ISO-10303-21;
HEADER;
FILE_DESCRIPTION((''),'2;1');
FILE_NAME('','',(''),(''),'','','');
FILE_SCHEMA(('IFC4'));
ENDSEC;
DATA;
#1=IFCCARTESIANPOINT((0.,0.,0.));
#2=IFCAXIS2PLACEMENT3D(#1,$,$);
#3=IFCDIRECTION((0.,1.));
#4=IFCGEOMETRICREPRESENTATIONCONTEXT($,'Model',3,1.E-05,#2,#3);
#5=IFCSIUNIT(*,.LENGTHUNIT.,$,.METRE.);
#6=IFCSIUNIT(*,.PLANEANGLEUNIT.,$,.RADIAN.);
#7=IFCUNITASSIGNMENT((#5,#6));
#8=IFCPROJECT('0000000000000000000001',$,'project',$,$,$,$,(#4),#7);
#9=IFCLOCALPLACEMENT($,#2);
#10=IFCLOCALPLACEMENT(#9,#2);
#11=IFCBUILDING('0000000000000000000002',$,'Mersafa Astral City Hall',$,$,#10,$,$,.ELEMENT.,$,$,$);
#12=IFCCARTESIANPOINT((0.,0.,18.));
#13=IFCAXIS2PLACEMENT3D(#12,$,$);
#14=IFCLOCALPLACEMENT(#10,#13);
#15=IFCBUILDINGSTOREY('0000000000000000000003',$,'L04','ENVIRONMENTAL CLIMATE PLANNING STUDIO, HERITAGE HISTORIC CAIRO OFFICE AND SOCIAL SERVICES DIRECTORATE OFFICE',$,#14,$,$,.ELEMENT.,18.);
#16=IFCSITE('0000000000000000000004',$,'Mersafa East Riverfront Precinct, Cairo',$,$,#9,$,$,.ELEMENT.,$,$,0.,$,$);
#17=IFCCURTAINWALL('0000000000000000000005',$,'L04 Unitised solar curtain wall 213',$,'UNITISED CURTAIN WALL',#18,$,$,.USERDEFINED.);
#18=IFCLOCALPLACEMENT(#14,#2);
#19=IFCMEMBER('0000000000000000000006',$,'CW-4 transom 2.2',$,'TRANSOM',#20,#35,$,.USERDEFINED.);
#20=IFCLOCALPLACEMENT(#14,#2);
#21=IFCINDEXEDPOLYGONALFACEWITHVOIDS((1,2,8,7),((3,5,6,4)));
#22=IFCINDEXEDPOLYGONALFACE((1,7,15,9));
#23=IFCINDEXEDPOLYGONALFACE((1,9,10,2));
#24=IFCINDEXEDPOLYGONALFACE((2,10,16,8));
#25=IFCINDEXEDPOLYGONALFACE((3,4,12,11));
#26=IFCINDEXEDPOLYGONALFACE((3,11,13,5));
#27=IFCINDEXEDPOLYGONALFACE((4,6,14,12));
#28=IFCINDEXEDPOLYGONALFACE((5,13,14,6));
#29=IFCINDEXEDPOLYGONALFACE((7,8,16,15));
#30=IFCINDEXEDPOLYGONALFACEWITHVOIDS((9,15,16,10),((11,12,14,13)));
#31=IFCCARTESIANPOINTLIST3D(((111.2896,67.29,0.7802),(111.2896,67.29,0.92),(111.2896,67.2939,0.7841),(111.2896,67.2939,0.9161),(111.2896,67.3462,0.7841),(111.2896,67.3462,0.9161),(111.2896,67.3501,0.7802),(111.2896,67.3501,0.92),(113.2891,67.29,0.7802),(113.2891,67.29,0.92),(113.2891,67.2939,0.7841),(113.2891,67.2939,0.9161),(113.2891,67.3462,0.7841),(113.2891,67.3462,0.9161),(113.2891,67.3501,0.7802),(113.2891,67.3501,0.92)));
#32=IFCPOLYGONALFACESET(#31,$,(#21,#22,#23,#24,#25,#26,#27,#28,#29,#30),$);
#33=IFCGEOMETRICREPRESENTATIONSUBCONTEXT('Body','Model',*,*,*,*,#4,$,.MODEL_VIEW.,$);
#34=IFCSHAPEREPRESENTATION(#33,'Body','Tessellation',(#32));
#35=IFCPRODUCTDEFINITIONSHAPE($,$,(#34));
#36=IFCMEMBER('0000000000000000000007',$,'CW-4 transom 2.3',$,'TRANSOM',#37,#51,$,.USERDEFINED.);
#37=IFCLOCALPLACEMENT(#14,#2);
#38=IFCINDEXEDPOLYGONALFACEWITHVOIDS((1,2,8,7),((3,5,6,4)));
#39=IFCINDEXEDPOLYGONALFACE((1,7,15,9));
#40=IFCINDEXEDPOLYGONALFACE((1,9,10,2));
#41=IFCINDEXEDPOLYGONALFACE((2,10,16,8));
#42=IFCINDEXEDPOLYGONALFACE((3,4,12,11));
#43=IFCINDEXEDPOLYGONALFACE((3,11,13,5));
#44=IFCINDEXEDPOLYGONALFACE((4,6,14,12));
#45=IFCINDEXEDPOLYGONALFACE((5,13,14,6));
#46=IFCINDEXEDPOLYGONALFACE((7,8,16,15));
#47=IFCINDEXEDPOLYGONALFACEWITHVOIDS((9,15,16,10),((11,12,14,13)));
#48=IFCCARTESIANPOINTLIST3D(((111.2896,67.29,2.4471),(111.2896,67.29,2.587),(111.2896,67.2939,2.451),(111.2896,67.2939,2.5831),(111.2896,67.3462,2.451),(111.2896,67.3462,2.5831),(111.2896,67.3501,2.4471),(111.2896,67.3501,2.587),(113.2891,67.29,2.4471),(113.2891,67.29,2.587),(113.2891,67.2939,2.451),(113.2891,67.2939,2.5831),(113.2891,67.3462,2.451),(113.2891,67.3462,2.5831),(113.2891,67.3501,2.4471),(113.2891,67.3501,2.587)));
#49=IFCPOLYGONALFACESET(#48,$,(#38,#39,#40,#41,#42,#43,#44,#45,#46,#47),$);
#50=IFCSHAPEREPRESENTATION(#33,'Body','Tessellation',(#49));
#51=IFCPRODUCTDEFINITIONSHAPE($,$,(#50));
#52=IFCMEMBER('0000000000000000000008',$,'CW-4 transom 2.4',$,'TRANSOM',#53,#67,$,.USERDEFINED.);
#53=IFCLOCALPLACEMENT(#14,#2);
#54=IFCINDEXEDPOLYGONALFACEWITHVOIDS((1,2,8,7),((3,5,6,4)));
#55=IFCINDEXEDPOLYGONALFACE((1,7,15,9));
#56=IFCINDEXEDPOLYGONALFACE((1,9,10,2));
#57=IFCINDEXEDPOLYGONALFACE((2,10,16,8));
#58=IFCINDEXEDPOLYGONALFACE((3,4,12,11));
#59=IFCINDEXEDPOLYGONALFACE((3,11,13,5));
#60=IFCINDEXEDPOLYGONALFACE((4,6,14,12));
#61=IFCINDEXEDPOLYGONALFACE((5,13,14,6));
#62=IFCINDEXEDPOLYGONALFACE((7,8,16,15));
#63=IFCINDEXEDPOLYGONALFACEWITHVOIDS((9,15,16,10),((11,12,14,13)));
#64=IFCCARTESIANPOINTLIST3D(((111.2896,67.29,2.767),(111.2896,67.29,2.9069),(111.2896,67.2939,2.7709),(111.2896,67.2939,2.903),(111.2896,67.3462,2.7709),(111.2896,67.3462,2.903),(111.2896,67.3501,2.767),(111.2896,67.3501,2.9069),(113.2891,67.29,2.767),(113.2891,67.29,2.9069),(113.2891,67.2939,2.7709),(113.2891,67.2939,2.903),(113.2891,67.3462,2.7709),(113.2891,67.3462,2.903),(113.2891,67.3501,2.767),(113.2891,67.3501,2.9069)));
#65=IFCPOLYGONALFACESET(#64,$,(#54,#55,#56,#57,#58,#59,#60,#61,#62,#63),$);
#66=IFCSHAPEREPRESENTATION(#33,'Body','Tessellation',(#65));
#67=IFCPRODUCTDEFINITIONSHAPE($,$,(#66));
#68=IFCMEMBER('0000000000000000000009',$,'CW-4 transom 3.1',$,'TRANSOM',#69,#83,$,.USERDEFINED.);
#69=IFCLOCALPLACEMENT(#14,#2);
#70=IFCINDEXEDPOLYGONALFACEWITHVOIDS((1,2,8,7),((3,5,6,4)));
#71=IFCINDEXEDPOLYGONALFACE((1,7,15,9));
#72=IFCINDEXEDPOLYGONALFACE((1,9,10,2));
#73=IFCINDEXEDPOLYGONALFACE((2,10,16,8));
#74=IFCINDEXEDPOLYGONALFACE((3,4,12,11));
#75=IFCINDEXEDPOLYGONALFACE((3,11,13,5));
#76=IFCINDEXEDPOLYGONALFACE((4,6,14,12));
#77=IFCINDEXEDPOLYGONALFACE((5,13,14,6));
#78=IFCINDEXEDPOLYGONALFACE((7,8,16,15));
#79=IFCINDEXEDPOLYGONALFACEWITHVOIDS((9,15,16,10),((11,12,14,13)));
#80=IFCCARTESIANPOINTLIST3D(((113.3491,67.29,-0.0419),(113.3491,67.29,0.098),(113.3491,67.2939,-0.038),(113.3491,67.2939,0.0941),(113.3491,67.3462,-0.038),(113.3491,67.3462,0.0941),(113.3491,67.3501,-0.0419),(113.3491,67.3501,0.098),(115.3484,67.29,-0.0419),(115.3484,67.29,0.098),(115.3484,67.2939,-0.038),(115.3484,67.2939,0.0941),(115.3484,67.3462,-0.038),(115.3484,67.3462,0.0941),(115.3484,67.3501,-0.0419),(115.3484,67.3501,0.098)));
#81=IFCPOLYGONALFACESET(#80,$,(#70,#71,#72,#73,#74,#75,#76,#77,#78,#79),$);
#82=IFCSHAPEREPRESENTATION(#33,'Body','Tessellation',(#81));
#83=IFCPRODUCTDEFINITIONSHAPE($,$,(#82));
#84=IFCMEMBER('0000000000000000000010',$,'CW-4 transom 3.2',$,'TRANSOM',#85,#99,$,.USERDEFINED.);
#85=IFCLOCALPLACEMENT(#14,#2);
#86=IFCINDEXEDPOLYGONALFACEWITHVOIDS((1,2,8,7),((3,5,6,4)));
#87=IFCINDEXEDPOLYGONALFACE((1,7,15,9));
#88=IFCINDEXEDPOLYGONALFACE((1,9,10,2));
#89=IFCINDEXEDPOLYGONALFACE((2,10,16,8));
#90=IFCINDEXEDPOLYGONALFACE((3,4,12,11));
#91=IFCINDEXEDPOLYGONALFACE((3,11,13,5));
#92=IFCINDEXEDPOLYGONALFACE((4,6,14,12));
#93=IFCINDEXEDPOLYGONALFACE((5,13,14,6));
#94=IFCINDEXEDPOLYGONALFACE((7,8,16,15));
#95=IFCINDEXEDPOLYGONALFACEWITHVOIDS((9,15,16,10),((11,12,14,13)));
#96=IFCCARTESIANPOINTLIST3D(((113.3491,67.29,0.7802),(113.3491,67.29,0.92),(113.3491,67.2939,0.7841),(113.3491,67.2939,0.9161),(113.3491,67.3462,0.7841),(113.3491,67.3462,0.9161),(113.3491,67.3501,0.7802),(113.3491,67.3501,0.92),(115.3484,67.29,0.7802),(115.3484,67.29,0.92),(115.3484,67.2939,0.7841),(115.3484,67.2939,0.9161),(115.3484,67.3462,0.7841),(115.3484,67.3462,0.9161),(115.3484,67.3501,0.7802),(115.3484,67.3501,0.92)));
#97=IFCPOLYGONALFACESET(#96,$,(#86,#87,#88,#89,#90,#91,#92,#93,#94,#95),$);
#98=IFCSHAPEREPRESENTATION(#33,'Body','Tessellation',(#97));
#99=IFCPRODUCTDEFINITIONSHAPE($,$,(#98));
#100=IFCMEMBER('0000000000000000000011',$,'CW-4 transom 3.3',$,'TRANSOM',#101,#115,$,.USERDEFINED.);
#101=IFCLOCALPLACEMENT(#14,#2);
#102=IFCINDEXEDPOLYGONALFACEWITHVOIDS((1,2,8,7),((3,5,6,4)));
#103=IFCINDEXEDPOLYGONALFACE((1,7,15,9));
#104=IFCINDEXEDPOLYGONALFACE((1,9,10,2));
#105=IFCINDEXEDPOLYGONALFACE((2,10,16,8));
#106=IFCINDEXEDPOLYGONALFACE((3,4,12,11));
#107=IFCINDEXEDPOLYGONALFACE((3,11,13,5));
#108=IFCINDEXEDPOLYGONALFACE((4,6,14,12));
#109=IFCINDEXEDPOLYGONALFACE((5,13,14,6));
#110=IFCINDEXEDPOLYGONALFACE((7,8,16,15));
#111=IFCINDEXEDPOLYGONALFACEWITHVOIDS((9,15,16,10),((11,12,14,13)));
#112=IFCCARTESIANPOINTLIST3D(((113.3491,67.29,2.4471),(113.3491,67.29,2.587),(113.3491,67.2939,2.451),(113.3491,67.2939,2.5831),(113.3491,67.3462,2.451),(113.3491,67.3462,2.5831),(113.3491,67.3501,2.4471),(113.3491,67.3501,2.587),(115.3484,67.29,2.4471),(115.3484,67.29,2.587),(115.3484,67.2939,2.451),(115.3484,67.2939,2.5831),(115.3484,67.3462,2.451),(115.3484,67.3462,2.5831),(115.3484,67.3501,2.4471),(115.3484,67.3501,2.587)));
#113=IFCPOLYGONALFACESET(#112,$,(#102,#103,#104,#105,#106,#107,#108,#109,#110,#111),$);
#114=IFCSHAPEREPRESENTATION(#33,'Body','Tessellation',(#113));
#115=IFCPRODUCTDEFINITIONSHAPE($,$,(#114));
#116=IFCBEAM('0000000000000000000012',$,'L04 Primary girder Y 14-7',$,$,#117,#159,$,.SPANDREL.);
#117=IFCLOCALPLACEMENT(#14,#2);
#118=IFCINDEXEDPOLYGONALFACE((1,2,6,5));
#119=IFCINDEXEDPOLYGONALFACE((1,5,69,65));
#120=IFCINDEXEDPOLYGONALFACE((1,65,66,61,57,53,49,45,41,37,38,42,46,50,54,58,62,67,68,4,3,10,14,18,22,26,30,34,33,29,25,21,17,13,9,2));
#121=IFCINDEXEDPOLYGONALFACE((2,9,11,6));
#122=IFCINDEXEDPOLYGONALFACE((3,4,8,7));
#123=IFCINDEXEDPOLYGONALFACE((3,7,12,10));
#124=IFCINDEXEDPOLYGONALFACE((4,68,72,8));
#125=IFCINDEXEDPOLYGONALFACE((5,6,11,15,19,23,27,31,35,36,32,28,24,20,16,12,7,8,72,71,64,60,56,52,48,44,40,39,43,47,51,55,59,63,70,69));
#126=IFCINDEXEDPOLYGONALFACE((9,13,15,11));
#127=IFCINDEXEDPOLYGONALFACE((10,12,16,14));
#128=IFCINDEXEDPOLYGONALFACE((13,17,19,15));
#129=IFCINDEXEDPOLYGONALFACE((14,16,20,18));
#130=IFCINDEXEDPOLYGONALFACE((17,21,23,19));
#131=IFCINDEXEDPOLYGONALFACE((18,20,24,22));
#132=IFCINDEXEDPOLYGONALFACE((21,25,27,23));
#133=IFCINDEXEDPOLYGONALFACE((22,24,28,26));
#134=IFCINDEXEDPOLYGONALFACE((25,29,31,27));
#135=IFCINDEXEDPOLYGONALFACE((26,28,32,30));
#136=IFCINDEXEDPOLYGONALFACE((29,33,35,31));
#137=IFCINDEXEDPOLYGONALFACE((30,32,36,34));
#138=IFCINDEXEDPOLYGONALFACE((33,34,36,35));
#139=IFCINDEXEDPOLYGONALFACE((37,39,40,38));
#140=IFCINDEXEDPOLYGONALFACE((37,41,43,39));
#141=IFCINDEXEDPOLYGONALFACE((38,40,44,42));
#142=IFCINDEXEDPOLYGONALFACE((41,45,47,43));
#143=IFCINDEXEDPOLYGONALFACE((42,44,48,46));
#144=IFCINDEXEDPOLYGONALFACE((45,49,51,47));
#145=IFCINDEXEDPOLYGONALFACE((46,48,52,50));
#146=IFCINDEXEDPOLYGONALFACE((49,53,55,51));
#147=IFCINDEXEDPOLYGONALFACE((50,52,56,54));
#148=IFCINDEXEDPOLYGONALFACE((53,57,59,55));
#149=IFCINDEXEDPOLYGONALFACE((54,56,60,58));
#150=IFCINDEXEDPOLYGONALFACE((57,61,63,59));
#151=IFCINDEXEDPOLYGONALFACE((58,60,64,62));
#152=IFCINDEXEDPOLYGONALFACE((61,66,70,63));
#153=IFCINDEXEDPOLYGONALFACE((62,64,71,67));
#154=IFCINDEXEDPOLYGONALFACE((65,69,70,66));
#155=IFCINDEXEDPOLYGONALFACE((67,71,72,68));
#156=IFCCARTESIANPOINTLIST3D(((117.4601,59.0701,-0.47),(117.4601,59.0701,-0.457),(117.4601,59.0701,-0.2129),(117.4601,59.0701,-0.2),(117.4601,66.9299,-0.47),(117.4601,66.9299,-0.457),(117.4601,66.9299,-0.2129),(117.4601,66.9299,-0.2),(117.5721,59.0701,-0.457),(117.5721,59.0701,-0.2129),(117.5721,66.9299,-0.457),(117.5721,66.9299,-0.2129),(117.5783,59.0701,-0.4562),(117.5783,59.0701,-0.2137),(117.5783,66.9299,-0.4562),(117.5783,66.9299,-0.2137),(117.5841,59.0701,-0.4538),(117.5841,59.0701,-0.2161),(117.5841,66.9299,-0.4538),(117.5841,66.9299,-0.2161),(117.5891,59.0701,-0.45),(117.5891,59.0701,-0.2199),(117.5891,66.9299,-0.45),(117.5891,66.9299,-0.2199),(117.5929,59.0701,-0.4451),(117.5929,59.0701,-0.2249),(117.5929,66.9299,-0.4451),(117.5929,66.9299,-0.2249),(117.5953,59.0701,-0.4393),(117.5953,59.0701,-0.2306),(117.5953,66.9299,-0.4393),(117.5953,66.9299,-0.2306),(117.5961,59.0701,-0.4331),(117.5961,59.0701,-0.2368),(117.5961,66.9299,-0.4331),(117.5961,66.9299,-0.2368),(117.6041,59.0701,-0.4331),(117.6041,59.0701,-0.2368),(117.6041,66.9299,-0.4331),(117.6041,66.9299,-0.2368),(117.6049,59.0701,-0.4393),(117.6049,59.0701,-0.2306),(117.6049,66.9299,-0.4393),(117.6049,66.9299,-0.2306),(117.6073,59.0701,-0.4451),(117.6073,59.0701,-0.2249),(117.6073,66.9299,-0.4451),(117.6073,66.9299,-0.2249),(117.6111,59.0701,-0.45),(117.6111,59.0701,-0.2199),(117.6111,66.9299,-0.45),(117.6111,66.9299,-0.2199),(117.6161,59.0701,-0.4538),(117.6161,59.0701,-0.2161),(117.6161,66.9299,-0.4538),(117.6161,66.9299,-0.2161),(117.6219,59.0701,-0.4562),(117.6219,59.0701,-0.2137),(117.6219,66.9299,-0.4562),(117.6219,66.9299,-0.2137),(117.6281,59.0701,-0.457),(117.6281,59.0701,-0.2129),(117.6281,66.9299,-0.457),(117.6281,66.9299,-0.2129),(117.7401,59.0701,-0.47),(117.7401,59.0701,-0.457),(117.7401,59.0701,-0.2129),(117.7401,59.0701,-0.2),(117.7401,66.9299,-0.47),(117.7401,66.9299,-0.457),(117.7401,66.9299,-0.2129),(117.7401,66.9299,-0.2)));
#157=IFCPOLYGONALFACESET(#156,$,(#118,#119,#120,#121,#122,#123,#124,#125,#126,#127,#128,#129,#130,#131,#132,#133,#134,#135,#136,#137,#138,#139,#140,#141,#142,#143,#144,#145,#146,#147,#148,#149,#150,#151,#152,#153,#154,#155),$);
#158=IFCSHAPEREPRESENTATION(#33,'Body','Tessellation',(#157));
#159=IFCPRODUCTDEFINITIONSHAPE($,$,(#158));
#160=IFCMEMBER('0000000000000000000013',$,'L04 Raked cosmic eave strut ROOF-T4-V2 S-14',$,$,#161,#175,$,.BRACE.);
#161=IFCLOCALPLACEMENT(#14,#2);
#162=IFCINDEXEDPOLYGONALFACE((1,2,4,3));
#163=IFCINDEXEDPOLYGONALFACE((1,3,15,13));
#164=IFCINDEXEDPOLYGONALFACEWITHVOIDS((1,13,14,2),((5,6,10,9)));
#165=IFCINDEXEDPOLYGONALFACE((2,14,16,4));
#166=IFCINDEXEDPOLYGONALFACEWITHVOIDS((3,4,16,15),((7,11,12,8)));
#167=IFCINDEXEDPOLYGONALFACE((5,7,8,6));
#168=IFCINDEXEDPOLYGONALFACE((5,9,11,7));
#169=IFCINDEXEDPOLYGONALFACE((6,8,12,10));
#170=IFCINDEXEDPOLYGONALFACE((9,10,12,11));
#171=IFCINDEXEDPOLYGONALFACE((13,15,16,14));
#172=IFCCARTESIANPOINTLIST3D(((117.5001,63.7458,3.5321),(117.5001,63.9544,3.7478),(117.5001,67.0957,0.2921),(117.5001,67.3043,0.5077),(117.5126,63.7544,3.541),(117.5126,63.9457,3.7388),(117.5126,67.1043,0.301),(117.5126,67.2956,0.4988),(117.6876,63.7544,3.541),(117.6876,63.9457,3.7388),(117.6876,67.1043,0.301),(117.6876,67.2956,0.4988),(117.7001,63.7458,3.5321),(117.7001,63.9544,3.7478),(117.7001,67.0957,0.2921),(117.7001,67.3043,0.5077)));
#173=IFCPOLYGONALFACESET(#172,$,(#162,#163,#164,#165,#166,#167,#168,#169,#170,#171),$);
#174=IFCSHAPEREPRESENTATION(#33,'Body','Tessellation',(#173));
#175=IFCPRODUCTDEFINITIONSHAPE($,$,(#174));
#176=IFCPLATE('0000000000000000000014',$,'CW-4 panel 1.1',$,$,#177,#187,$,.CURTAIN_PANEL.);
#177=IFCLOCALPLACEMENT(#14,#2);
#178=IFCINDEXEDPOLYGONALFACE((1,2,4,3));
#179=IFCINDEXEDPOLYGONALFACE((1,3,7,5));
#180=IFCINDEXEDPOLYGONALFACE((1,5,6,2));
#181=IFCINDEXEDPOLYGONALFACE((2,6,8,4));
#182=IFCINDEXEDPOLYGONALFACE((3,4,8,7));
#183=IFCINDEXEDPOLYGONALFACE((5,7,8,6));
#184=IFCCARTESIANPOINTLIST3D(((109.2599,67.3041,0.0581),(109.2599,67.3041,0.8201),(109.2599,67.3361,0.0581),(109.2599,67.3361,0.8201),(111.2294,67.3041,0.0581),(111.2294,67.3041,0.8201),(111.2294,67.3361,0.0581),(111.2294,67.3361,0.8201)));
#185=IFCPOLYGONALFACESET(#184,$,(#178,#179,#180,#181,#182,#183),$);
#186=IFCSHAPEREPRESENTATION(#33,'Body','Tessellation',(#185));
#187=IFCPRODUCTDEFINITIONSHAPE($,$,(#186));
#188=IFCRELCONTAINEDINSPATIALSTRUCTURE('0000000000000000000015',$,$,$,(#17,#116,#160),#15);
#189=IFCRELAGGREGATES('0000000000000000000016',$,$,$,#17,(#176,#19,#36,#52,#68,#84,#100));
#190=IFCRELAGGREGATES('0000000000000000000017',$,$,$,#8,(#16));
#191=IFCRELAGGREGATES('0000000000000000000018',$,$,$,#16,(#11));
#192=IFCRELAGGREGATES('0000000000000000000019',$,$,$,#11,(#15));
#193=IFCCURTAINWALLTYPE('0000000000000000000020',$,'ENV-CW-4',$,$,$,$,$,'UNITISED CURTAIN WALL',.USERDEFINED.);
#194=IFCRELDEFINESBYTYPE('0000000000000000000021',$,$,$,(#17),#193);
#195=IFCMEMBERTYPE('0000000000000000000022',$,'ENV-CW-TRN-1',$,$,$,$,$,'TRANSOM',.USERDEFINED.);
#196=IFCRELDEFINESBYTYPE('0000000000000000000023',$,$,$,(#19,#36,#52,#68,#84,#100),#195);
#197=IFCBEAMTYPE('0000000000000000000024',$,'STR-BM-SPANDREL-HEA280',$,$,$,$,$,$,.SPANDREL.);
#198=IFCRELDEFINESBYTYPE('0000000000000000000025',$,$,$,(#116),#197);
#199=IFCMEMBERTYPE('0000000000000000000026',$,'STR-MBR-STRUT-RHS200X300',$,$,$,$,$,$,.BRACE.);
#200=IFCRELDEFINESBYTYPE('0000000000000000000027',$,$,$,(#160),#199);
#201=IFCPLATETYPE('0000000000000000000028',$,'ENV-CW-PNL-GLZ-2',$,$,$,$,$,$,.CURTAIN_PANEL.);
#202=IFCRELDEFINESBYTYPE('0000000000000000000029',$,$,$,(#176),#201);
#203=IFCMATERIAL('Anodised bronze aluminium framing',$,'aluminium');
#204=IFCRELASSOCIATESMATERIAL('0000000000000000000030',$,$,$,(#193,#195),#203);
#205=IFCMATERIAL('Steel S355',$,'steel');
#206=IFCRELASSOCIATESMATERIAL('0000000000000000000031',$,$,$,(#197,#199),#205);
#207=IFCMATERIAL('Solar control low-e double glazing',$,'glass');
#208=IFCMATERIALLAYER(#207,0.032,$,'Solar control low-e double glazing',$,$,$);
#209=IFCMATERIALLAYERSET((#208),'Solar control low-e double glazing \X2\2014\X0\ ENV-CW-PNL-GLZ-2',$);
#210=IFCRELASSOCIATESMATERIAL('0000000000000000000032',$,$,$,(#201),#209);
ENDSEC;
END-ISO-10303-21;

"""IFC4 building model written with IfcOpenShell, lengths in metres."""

from ifc_helpers import new_model, si_unit, direction, frame, origin, origin_2d, place, context, subcontext, project, spatial, rectangle, hollow_rectangle, i_section, extrude, material, layer, layer_set, material_profile, profile_set, type_object, element, aggregate, save


model = new_model("IFC4")

# Units and contexts
model_context = context("Model", 3, precision=1e-05, world=origin(), true_north=direction((0.0, 1.0)))
body_context = subcontext(model_context, "Body", "Model", "MODEL_VIEW")
ifc_project = project(units=[si_unit("LENGTHUNIT", "METRE"), si_unit("PLANEANGLEUNIT", "RADIAN")], contexts=[model_context])

# Site, building, storey
site_placement = place(None, origin())
site = spatial("IfcSite", under=ifc_project, at=site_placement, Name="Mersafa East Riverfront Precinct, Cairo", CompositionType="ELEMENT", RefElevation=0.0)
building_placement = place(site_placement, origin())
building = spatial("IfcBuilding", under=site, at=building_placement, Name="Mersafa Astral City Hall", CompositionType="ELEMENT")
storey_placement = place(building_placement, frame((0.0, 0.0, 18.0)))
storey = spatial("IfcBuildingStorey", under=building, at=storey_placement, Name="L04", Description="ENVIRONMENTAL CLIMATE PLANNING STUDIO, HERITAGE HISTORIC CAIRO OFFICE AND SOCIAL SERVICES DIRECTORATE OFFICE", CompositionType="ELEMENT", Elevation=18.0)

# Shared definitions
ifc_material_1 = material(Name="Steel S355", Category="steel")

# Curtain wall, members
ifc_material_2 = material(Name="Anodised bronze aluminium framing", Category="aluminium")
curtain_wall_type = type_object("IfcCurtainWallType", Name="ENV-CW-4", ElementType="UNITISED CURTAIN WALL", PredefinedType="USERDEFINED", material=ifc_material_2)
curtain_wall_placement = place(storey_placement, origin())
curtain_wall = element("IfcCurtainWall", 1, at=curtain_wall_placement, inside=storey, type_object=curtain_wall_type, Name="L04 Unitised solar curtain wall 213", ObjectType="UNITISED CURTAIN WALL", PredefinedType="USERDEFINED")
ifc_material_profile_1 = material_profile(ifc_material_2, hollow_rectangle(XDim=0.0601, YDim=0.1399, WallThickness=0.0039, at=origin_2d()), Name="RHS 60x140x4")
ifc_profile_set_1 = profile_set([ifc_material_profile_1], Name="Anodised bronze aluminium framing")
member_type_1 = type_object("IfcMemberType", Name="ENV-CW-TRN-1", ElementType="TRANSOM", PredefinedType="USERDEFINED", material=ifc_profile_set_1)
member_1_placement = place(storey_placement, frame((111.2896, 67.3201, 0.8501), z_axis=(1.0, 0.0, 0.0), x_axis=(0.0, 1.0, 0.0)))
member_1 = element("IfcMember", 2, at=member_1_placement, type_object=member_type_1, Name="CW-4 transom 2.2", ObjectType="TRANSOM", PredefinedType="USERDEFINED", context=body_context, shape_type="SweptSolid", body=[
    extrude(hollow_rectangle(XDim=0.0601, YDim=0.1399, WallThickness=0.0039, at=origin_2d()), origin(), (0.0, 0.0, 1.0), 1.9995),
])
member_2_placement = place(storey_placement, frame((111.2896, 67.3201, 2.5171), z_axis=(1.0, 0.0, 0.0), x_axis=(0.0, 1.0, 0.0)))
member_2 = element("IfcMember", 3, at=member_2_placement, type_object=member_type_1, Name="CW-4 transom 2.3", ObjectType="TRANSOM", PredefinedType="USERDEFINED", context=body_context, shape_type="SweptSolid", body=[
    extrude(hollow_rectangle(XDim=0.0601, YDim=0.1399, WallThickness=0.0039, at=origin_2d()), origin(), (0.0, 0.0, 1.0), 1.9995),
])
member_3_placement = place(storey_placement, frame((111.2896, 67.3201, 2.8369), z_axis=(1.0, 0.0, 0.0), x_axis=(0.0, 1.0, 0.0)))
member_3 = element("IfcMember", 4, at=member_3_placement, type_object=member_type_1, Name="CW-4 transom 2.4", ObjectType="TRANSOM", PredefinedType="USERDEFINED", context=body_context, shape_type="SweptSolid", body=[
    extrude(hollow_rectangle(XDim=0.0601, YDim=0.1399, WallThickness=0.0039, at=origin_2d()), origin(), (0.0, 0.0, 1.0), 1.9995),
])
member_4_placement = place(storey_placement, frame((113.3491, 67.3201, 0.0281), z_axis=(1.0, 0.0, 0.0), x_axis=(0.0, 1.0, 0.0)))
member_4 = element("IfcMember", 5, at=member_4_placement, type_object=member_type_1, Name="CW-4 transom 3.1", ObjectType="TRANSOM", PredefinedType="USERDEFINED", context=body_context, shape_type="SweptSolid", body=[
    extrude(hollow_rectangle(XDim=0.0601, YDim=0.1399, WallThickness=0.0039, at=origin_2d()), origin(), (0.0, 0.0, 1.0), 1.9993),
])
member_5_placement = place(storey_placement, frame((113.3491, 67.3201, 0.8501), z_axis=(1.0, 0.0, 0.0), x_axis=(0.0, 1.0, 0.0)))
member_5 = element("IfcMember", 6, at=member_5_placement, type_object=member_type_1, Name="CW-4 transom 3.2", ObjectType="TRANSOM", PredefinedType="USERDEFINED", context=body_context, shape_type="SweptSolid", body=[
    extrude(hollow_rectangle(XDim=0.0601, YDim=0.1399, WallThickness=0.0039, at=origin_2d()), origin(), (0.0, 0.0, 1.0), 1.9993),
])
member_6_placement = place(storey_placement, frame((113.3491, 67.3201, 2.5171), z_axis=(1.0, 0.0, 0.0), x_axis=(0.0, 1.0, 0.0)))
member_6 = element("IfcMember", 7, at=member_6_placement, type_object=member_type_1, Name="CW-4 transom 3.3", ObjectType="TRANSOM", PredefinedType="USERDEFINED", context=body_context, shape_type="SweptSolid", body=[
    extrude(hollow_rectangle(XDim=0.0601, YDim=0.1399, WallThickness=0.0039, at=origin_2d()), origin(), (0.0, 0.0, 1.0), 1.9993),
])

# Beam
ifc_material_profile_2 = material_profile(ifc_material_1, i_section(OverallWidth=0.28, OverallDepth=0.27, WebThickness=0.0081, FlangeThickness=0.0129, FilletRadius=0.0239, at=origin_2d()), Name="HEA 280")
ifc_profile_set_2 = profile_set([ifc_material_profile_2], Name="Steel S355")
beam_type = type_object("IfcBeamType", Name="STR-BM-SPANDREL-HEA280", PredefinedType="SPANDREL", material=ifc_profile_set_2)
beam_placement = place(storey_placement, frame((117.6001, 59.0701, -0.335), z_axis=(0.0, 1.0, 0.0), x_axis=(-1.0, 0.0, 0.0)))
element("IfcBeam", 8, at=beam_placement, inside=storey, type_object=beam_type, Name="L04 Primary girder Y 14-7", PredefinedType="SPANDREL", context=body_context, shape_type="SweptSolid", body=[
    extrude(i_section(OverallWidth=0.28, OverallDepth=0.27, WebThickness=0.0081, FlangeThickness=0.0129, FilletRadius=0.0239, at=origin_2d()), origin(), (0.0, 0.0, 1.0), 7.8599),
])

# Member
ifc_material_profile_3 = material_profile(ifc_material_1, hollow_rectangle(XDim=0.2, YDim=0.3, WallThickness=0.0125, at=origin_2d()), Name="RHS 200x300x12.5")
ifc_profile_set_3 = profile_set([ifc_material_profile_3], Name="Steel S355")
member_type_2 = type_object("IfcMemberType", Name="STR-MBR-STRUT-RHS200X300", PredefinedType="BRACE", material=ifc_profile_set_3)
member_7_placement = place(storey_placement, frame((117.6001, 67.2, 0.3999), z_axis=(0.0, -0.718796, 0.695222), x_axis=(1.0, 0.0, 0.0)))
element("IfcMember", 9, at=member_7_placement, inside=storey, type_object=member_type_2, Name="L04 Raked cosmic eave strut ROOF-T4-V2 S-14", PredefinedType="BRACE", context=body_context, shape_type="SweptSolid", body=[
    extrude(hollow_rectangle(XDim=0.2, YDim=0.3, WallThickness=0.0125, at=origin_2d()), origin(), (0.0, 0.0, 1.0), 4.6604),
])

# Plate
ifc_material_3 = material(Name="Solar control low-e double glazing", Category="glass")
ifc_layer_1 = layer(ifc_material_3, 0.032, Name="Solar control low-e double glazing")
ifc_layer_set_1 = layer_set([ifc_layer_1], Name="Solar control low-e double glazing — ENV-CW-PNL-GLZ-2")
plate_type = type_object("IfcPlateType", Name="ENV-CW-PNL-GLZ-2", PredefinedType="CURTAIN_PANEL", material=ifc_layer_set_1)
plate_1_placement = place(storey_placement, frame((110.2446, 67.3201, 0.0581), z_axis=(0.0, 0.0, 1.0), x_axis=(1.0, 0.0, 0.0)))
plate_1 = element("IfcPlate", 10, at=plate_1_placement, type_object=plate_type, Name="CW-4 panel 1.1", PredefinedType="CURTAIN_PANEL", context=body_context, shape_type="SweptSolid", body=[
    extrude(rectangle(XDim=1.9695, YDim=0.032, at=origin_2d()), origin(), (0.0, 0.0, 1.0), 0.762),
])
aggregate(curtain_wall, [plate_1, member_1, member_2, member_3, member_4, member_5, member_6])

save(model, "model.ifc")
